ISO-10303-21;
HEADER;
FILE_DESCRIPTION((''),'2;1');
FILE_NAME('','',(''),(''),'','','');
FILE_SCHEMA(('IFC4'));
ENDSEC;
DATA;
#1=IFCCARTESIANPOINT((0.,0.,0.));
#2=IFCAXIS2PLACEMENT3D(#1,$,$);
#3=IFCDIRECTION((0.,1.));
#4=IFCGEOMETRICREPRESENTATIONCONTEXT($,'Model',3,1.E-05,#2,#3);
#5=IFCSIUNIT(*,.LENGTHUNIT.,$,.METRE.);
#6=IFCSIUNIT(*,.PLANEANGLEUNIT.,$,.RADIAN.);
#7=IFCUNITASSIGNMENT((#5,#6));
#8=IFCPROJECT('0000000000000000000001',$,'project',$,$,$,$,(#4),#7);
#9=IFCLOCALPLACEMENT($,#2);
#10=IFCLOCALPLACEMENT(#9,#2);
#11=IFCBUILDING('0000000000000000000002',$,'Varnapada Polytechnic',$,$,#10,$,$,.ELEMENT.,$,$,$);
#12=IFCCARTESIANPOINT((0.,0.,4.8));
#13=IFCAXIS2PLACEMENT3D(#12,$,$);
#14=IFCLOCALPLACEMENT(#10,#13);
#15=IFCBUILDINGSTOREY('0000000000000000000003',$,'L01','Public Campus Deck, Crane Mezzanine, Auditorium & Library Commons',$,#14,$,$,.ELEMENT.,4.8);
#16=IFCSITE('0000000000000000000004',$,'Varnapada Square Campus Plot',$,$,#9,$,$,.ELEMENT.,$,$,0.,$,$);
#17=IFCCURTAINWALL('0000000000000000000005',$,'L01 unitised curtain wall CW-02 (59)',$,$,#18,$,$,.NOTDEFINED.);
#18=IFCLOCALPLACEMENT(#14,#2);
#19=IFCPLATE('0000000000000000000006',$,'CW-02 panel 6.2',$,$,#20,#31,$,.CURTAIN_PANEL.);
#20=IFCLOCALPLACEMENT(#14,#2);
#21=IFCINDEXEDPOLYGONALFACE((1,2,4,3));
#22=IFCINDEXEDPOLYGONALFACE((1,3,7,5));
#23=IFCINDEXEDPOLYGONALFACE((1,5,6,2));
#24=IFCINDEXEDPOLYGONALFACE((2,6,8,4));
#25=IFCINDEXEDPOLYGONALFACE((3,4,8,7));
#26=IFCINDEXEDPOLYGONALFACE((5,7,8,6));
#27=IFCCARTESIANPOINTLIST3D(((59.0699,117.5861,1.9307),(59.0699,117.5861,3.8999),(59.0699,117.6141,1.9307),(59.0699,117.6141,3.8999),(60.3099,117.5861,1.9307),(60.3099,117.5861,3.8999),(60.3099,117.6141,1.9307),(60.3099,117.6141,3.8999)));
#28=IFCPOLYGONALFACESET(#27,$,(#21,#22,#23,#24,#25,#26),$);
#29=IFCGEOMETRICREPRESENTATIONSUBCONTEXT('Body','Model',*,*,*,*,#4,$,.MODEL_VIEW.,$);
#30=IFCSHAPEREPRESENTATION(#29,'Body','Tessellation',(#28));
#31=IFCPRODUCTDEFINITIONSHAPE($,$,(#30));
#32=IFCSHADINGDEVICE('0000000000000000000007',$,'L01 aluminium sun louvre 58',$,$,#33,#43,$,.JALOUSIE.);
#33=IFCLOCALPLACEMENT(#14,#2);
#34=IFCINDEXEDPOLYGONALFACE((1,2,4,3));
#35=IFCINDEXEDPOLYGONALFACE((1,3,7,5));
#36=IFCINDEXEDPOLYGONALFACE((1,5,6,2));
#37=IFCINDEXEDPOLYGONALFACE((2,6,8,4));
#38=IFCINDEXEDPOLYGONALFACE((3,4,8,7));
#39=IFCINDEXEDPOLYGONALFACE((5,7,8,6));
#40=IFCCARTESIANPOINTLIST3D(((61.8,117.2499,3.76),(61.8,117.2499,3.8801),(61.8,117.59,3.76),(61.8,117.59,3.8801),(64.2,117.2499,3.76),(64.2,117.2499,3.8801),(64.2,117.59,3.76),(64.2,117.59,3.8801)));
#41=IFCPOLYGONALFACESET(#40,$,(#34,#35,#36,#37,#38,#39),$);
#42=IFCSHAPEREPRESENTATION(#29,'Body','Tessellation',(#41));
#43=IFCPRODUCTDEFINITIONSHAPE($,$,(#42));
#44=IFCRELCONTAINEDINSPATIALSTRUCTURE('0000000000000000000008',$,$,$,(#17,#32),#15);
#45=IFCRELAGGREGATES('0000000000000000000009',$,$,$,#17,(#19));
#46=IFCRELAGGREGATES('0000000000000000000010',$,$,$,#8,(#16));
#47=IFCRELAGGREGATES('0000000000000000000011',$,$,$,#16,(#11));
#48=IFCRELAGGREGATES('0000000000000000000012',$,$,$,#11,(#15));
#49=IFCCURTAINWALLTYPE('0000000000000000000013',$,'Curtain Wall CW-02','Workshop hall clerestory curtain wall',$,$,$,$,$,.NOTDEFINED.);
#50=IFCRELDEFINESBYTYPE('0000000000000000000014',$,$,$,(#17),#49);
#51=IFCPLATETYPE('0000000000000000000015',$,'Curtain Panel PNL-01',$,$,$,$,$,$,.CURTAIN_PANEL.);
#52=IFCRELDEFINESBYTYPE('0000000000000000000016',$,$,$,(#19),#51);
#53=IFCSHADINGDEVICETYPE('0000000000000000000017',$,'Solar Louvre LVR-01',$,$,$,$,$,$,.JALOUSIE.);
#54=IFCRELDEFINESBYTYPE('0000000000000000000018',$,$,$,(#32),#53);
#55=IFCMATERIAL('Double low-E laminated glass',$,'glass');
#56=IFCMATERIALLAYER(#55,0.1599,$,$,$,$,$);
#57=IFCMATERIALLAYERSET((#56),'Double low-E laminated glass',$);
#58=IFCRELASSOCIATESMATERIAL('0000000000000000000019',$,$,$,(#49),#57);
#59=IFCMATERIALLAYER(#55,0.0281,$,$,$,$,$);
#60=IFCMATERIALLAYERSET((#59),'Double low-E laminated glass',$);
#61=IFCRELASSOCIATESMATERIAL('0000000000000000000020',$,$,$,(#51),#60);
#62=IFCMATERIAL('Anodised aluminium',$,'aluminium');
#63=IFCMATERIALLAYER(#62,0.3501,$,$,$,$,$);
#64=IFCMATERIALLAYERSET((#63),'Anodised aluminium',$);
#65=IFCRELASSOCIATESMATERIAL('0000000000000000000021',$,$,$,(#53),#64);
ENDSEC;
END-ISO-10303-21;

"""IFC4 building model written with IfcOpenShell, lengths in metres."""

from ifc_helpers import new_model, si_unit, direction, frame, origin, origin_2d, place, context, subcontext, project, spatial, rectangle, extrude, material, layer, layer_set, type_object, element, aggregate, save


model = new_model("IFC4")

# Units and contexts
model_context = context("Model", 3, precision=1e-05, world=origin(), true_north=direction((0.0, 1.0)))
body_context = subcontext(model_context, "Body", "Model", "MODEL_VIEW")
ifc_project = project(units=[si_unit("LENGTHUNIT", "METRE"), si_unit("PLANEANGLEUNIT", "RADIAN")], contexts=[model_context])

# Site, building, storey
site_placement = place(None, origin())
site = spatial("IfcSite", under=ifc_project, at=site_placement, Name="Varnapada Square Campus Plot", CompositionType="ELEMENT", RefElevation=0.0)
building_placement = place(site_placement, origin())
building = spatial("IfcBuilding", under=site, at=building_placement, Name="Varnapada Polytechnic", CompositionType="ELEMENT")
storey_placement = place(building_placement, frame((0.0, 0.0, 4.8)))
storey = spatial("IfcBuildingStorey", under=building, at=storey_placement, Name="L01", Description="Public Campus Deck, Crane Mezzanine, Auditorium & Library Commons", CompositionType="ELEMENT", Elevation=4.8)

# Curtain wall, plate
ifc_material_1 = material(Name="Double low-E laminated glass", Category="glass")
ifc_layer_1 = layer(ifc_material_1, 0.1599)
ifc_layer_set_1 = layer_set([ifc_layer_1], Name="Double low-E laminated glass")
curtain_wall_type = type_object("IfcCurtainWallType", Name="Curtain Wall CW-02", Description="Workshop hall clerestory curtain wall", PredefinedType="NOTDEFINED", material=ifc_layer_set_1)
curtain_wall_placement = place(storey_placement, origin())
curtain_wall = element("IfcCurtainWall", 1, at=curtain_wall_placement, inside=storey, type_object=curtain_wall_type, Name="L01 unitised curtain wall CW-02 (59)", PredefinedType="NOTDEFINED")
ifc_material_2 = material(Name="Anodised aluminium", Category="aluminium")
ifc_layer_2 = layer(ifc_material_1, 0.0281)
ifc_layer_set_2 = layer_set([ifc_layer_2], Name="Double low-E laminated glass")
plate_type = type_object("IfcPlateType", Name="Curtain Panel PNL-01", PredefinedType="CURTAIN_PANEL", material=ifc_layer_set_2)
plate_1_placement = place(storey_placement, frame((59.6899, 117.6001, 1.9307), z_axis=(0.0, 0.0, 1.0), x_axis=(-1.0, 0.0, 0.0)))
plate_1 = element("IfcPlate", 2, at=plate_1_placement, type_object=plate_type, Name="CW-02 panel 6.2", PredefinedType="CURTAIN_PANEL", context=body_context, shape_type="SweptSolid", body=[
    extrude(rectangle(XDim=1.24, YDim=0.0281, at=origin_2d()), origin(), (0.0, 0.0, 1.0), 1.9692),
])
aggregate(curtain_wall, [plate_1])

# Shading device
ifc_layer_3 = layer(ifc_material_2, 0.3501)
ifc_layer_set_3 = layer_set([ifc_layer_3], Name="Anodised aluminium")
shading_device_type = type_object("IfcShadingDeviceType", Name="Solar Louvre LVR-01", PredefinedType="JALOUSIE", material=ifc_layer_set_3)
shading_device_placement = place(storey_placement, frame((63.0, 117.4199, 3.76), z_axis=(0.0, 0.0, 1.0), x_axis=(-1.0, 0.0, 0.0)))
element("IfcShadingDevice", 3, at=shading_device_placement, inside=storey, type_object=shading_device_type, Name="L01 aluminium sun louvre 58", PredefinedType="JALOUSIE", context=body_context, shape_type="SweptSolid", body=[
    extrude(rectangle(XDim=2.3999, YDim=0.3401, at=origin_2d()), origin(), (0.0, 0.0, 1.0), 0.1201),
])

save(model, "model.ifc")
